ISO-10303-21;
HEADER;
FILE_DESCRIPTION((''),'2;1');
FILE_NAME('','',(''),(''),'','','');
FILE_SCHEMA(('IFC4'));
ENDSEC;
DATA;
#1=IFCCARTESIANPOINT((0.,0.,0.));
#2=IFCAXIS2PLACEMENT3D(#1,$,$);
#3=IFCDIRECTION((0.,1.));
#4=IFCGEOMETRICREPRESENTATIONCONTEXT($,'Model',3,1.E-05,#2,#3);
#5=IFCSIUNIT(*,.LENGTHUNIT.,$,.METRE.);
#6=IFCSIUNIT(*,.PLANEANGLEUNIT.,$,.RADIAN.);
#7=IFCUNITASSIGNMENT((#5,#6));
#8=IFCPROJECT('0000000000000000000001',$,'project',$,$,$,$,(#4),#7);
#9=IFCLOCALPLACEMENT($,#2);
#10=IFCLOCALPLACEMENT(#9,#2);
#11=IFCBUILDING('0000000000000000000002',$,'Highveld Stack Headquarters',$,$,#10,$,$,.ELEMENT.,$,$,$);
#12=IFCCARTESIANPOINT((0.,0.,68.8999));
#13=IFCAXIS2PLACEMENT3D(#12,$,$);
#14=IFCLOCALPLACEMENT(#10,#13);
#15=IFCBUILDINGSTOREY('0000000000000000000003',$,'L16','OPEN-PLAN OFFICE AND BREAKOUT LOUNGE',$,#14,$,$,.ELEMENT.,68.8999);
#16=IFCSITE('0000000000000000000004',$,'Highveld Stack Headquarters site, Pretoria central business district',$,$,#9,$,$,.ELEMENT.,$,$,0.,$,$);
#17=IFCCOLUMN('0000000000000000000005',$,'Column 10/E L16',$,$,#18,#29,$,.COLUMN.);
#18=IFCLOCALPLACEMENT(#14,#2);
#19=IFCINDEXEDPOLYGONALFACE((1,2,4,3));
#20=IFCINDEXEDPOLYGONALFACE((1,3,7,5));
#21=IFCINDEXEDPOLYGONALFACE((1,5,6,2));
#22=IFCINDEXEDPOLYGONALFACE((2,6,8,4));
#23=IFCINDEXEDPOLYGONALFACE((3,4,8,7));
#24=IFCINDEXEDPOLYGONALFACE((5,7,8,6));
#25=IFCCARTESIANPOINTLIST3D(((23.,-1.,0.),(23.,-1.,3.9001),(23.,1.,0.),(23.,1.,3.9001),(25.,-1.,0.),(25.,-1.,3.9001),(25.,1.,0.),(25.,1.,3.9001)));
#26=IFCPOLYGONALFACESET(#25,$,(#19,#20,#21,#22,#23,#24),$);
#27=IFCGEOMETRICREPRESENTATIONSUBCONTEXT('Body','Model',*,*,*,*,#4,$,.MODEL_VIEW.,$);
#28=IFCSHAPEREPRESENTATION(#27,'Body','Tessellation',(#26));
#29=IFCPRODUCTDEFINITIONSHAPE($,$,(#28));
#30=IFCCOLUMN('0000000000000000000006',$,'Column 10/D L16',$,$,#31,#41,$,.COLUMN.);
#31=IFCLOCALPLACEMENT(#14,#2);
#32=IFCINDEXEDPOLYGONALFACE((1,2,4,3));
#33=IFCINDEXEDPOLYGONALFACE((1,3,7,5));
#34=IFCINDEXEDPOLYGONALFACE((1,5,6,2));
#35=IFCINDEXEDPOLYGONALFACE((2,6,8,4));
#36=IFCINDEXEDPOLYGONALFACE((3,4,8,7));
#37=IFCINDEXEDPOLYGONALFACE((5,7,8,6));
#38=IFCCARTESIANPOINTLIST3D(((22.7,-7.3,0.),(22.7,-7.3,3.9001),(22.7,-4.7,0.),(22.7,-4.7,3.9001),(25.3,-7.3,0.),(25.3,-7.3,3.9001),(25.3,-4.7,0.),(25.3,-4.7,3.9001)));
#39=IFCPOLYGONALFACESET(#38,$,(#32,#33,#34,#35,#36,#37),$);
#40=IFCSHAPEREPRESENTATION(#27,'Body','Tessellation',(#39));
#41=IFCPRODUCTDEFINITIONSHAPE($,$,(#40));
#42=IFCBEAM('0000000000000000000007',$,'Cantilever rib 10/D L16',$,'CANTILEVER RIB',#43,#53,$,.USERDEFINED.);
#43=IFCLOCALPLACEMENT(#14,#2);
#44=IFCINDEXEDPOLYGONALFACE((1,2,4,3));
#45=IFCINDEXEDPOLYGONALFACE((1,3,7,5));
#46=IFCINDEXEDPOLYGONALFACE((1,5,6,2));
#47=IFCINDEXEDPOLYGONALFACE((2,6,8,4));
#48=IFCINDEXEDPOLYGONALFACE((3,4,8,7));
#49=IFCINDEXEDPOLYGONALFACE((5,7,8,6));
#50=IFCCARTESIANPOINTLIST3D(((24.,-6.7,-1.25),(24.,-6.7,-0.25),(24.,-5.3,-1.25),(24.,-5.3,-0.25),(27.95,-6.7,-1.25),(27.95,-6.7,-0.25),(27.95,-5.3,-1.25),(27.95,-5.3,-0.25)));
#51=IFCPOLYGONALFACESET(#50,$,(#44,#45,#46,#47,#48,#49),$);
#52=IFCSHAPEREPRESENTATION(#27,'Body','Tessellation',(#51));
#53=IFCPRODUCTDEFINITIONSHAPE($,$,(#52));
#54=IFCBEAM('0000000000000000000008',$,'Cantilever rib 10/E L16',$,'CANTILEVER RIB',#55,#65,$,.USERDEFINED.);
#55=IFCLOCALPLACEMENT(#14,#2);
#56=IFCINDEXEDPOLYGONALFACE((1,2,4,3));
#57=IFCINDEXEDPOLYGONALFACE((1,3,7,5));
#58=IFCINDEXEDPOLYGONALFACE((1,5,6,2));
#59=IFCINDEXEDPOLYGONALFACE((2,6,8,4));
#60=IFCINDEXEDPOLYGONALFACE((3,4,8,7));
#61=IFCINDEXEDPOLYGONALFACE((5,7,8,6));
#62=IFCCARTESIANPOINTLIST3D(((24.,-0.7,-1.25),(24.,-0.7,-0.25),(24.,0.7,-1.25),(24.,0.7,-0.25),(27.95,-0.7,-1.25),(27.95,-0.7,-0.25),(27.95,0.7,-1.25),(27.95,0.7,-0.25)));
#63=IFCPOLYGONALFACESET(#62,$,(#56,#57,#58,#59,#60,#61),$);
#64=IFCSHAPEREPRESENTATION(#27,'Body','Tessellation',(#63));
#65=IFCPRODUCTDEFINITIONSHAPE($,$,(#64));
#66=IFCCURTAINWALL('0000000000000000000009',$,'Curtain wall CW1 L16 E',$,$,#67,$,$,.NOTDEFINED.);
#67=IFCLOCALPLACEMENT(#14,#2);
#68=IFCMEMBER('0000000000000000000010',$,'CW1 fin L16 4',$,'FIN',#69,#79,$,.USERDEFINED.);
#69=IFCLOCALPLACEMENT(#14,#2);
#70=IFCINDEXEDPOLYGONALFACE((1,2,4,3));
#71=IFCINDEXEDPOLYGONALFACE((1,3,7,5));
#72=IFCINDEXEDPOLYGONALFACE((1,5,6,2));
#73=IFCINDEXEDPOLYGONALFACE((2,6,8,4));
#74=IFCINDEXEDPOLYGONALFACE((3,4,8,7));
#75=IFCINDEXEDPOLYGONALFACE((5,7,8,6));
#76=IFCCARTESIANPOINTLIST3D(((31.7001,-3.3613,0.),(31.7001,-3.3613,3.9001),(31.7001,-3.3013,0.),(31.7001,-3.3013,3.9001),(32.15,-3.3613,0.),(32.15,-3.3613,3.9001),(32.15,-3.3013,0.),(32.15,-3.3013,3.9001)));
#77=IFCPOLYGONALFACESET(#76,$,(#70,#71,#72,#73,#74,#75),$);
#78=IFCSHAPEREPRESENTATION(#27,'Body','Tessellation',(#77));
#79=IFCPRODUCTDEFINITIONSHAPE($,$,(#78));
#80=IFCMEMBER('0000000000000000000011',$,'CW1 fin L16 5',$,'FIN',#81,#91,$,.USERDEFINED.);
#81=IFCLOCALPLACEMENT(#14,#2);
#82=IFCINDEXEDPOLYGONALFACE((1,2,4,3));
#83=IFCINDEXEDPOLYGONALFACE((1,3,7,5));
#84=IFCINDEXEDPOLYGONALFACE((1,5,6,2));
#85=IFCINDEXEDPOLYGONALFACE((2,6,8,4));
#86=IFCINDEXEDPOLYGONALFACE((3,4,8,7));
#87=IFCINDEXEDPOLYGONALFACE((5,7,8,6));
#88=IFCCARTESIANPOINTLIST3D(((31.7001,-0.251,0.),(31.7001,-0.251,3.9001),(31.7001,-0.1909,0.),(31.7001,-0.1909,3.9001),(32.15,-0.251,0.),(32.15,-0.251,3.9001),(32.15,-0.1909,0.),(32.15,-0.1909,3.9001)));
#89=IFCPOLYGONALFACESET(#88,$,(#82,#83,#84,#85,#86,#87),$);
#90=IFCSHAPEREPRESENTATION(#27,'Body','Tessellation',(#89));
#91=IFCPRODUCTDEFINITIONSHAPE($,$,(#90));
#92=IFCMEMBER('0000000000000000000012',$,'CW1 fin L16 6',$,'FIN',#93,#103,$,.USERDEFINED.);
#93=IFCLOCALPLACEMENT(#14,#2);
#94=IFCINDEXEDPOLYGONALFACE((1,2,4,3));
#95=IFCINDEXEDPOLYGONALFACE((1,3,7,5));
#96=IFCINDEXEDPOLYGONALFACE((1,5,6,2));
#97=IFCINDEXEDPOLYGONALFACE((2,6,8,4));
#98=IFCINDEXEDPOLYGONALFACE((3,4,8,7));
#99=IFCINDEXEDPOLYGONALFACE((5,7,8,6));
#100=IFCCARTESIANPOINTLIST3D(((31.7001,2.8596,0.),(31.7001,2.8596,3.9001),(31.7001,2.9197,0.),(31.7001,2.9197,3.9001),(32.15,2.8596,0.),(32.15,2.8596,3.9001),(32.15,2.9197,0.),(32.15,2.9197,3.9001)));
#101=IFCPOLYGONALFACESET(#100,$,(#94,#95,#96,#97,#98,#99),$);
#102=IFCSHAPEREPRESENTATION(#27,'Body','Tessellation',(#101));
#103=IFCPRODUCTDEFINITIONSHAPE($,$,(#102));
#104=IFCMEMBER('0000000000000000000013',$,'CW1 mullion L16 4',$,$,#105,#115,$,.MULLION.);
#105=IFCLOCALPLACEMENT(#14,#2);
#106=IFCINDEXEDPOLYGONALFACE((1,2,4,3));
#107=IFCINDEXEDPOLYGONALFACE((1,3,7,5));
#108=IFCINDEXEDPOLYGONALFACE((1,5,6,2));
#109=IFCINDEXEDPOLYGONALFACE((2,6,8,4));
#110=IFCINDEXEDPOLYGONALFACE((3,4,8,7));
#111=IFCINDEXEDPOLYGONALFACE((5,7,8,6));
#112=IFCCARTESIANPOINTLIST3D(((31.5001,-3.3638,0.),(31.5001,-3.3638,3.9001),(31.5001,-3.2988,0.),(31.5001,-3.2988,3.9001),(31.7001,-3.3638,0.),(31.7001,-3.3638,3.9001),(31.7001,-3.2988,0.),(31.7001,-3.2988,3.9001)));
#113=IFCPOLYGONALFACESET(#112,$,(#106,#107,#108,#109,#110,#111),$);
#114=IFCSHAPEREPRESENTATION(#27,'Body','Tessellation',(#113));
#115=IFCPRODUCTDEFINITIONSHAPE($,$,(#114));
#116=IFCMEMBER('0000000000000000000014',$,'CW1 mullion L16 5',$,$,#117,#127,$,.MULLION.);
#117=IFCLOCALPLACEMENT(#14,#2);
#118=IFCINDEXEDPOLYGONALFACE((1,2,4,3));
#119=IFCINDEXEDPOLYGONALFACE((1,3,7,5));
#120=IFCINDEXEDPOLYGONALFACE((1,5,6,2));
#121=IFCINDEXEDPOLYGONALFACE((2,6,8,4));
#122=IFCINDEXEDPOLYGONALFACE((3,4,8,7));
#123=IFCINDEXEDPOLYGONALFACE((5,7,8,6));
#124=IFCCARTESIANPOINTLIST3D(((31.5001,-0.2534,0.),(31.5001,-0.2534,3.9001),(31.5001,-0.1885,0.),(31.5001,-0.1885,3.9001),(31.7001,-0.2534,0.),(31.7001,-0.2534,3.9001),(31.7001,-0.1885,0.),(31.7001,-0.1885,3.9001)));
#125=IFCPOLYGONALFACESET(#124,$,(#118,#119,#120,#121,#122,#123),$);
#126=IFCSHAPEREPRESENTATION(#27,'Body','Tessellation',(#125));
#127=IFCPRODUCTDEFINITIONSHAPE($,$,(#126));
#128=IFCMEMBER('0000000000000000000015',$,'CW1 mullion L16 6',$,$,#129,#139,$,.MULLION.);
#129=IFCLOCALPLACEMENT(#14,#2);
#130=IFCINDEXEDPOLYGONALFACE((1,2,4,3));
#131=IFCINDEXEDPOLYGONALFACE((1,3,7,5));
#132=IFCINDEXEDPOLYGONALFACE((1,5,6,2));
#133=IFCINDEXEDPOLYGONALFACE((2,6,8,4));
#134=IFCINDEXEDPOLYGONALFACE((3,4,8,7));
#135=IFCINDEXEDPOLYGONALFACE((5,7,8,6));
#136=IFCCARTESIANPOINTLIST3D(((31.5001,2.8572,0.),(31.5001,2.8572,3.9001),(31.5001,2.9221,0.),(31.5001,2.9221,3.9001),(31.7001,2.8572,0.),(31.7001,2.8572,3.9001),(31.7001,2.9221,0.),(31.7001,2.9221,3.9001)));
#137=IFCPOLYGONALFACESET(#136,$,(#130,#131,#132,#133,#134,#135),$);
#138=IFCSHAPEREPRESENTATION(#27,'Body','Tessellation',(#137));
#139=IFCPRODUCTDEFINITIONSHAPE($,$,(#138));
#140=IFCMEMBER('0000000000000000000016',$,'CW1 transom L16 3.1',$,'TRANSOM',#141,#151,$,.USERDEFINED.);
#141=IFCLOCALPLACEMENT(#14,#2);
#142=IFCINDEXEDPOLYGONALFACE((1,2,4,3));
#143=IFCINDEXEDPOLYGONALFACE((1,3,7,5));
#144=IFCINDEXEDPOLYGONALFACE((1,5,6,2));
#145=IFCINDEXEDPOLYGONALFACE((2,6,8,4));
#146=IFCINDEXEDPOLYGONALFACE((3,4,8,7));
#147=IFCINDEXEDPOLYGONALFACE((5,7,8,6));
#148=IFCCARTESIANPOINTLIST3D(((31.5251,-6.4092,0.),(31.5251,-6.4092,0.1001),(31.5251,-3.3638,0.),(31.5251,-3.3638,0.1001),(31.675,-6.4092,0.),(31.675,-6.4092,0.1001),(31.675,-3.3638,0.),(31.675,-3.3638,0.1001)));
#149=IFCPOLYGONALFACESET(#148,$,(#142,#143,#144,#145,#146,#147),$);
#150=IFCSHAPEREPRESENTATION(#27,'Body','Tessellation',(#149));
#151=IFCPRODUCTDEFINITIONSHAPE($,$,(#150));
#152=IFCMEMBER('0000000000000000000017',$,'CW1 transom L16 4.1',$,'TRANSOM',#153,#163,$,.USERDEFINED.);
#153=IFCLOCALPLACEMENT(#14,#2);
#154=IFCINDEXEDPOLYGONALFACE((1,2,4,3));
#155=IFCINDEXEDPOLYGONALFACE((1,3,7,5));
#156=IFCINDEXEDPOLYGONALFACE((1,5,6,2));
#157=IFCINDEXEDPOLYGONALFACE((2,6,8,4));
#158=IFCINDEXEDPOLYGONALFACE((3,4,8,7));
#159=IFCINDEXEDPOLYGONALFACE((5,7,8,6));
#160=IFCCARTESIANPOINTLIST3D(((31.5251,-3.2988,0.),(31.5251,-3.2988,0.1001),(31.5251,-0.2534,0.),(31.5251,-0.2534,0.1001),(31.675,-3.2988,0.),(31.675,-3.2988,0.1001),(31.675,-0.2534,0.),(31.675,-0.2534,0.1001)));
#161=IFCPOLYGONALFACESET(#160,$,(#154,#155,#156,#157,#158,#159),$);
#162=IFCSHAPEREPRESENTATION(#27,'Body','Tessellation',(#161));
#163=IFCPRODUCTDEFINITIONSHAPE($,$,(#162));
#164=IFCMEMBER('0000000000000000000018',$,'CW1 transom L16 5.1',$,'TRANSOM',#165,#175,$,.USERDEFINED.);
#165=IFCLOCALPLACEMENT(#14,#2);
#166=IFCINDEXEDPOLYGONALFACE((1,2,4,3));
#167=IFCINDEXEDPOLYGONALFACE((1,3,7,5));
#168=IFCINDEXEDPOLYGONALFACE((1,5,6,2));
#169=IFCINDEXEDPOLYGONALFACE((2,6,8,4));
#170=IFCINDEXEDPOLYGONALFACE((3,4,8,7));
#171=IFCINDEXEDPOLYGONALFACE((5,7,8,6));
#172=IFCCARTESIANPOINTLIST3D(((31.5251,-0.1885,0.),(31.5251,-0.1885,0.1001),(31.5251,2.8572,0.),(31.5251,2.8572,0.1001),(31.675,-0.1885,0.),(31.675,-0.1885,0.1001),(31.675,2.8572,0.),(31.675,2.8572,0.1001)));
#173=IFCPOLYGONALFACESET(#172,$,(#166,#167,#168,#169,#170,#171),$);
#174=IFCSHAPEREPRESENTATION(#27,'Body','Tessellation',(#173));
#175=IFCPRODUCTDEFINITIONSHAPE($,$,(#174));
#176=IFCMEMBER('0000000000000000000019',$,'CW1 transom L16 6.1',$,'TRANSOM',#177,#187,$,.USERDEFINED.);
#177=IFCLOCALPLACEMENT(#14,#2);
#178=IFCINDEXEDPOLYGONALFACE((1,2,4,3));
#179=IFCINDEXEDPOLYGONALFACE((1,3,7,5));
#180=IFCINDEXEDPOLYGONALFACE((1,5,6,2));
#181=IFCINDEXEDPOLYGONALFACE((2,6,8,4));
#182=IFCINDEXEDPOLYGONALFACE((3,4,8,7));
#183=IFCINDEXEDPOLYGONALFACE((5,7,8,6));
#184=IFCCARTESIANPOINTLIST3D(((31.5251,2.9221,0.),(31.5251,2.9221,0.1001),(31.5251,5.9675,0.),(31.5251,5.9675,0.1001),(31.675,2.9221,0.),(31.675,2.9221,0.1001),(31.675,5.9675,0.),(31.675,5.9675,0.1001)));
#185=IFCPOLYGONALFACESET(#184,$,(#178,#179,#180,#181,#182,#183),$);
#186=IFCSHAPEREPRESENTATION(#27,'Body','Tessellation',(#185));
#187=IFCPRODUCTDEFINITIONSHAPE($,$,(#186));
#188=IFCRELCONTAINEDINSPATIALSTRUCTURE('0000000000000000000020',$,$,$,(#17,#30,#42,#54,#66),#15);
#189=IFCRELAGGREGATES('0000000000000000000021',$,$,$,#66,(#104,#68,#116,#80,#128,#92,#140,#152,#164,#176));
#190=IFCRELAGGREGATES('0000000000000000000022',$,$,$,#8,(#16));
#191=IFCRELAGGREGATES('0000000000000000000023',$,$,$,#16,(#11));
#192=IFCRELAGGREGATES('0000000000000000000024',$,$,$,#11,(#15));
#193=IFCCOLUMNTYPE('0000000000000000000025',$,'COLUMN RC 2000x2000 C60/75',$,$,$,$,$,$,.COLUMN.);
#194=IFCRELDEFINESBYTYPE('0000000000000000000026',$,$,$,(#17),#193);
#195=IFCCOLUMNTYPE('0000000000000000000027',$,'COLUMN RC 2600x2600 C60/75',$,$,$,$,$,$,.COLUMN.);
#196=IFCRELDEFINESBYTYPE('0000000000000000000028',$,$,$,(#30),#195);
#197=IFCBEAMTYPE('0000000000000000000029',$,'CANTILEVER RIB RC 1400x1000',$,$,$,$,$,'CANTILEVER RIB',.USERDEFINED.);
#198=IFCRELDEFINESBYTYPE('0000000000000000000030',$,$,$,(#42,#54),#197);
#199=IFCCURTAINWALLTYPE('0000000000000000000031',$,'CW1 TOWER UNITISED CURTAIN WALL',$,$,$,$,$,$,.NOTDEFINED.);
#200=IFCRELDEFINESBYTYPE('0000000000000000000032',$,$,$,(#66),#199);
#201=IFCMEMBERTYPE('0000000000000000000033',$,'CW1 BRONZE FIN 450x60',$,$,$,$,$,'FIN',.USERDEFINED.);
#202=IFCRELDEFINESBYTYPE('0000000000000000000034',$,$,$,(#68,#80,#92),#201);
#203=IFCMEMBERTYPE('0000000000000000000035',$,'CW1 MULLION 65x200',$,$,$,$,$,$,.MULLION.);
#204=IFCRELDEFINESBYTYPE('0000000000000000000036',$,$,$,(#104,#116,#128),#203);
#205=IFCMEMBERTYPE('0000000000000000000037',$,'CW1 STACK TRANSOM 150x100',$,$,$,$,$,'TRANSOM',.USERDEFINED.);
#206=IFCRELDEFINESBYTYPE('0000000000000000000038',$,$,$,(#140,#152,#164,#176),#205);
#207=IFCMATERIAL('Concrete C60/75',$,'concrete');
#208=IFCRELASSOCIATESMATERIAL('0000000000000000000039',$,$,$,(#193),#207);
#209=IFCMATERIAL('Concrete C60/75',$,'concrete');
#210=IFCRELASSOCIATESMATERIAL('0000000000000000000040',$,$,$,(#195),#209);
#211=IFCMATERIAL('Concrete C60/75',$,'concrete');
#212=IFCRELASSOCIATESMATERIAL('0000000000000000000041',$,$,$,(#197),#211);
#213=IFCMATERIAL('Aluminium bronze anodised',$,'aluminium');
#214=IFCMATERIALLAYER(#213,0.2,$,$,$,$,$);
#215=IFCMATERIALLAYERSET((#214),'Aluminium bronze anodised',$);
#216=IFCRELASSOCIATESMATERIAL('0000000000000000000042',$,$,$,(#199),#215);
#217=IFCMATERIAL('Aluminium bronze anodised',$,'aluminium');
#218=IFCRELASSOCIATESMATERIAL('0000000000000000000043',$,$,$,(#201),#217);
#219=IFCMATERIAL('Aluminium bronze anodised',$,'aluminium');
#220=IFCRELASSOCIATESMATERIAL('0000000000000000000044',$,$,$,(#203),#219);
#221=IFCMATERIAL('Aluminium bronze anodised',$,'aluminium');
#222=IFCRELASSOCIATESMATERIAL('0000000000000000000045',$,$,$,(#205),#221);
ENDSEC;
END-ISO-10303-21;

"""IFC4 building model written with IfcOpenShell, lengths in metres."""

from ifc_helpers import new_model, si_unit, direction, frame, origin, origin_2d, place, context, subcontext, project, spatial, rectangle, extrude, material, layer, layer_set, material_profile, profile_set, type_object, element, aggregate, save


model = new_model("IFC4")

# Units and contexts
model_context = context("Model", 3, precision=1e-05, world=origin(), true_north=direction((0.0, 1.0)))
body_context = subcontext(model_context, "Body", "Model", "MODEL_VIEW")
ifc_project = project(units=[si_unit("LENGTHUNIT", "METRE"), si_unit("PLANEANGLEUNIT", "RADIAN")], contexts=[model_context])

# Site, building, storey
site_placement = place(None, origin())
site = spatial("IfcSite", under=ifc_project, at=site_placement, Name="Highveld Stack Headquarters site, Pretoria central business district", CompositionType="ELEMENT", RefElevation=0.0)
building_placement = place(site_placement, origin())
building = spatial("IfcBuilding", under=site, at=building_placement, Name="Highveld Stack Headquarters", CompositionType="ELEMENT")
storey_placement = place(building_placement, frame((0.0, 0.0, 68.8999)))
storey = spatial("IfcBuildingStorey", under=building, at=storey_placement, Name="L16", Description="OPEN-PLAN OFFICE AND BREAKOUT LOUNGE", CompositionType="ELEMENT", Elevation=68.8999)

# Columns
ifc_material_1 = material(Name="Concrete C60/75", Category="concrete")
ifc_material_profile_1 = material_profile(ifc_material_1, rectangle(XDim=2.0, YDim=2.0, at=origin_2d()), Name="RC 2000x2000")
ifc_profile_set_1 = profile_set([ifc_material_profile_1], Name="Concrete C60/75")
column_type_1 = type_object("IfcColumnType", Name="COLUMN RC 2000x2000 C60/75", PredefinedType="COLUMN", material=ifc_profile_set_1)
column_1_placement = place(storey_placement, frame((24.0, 0.0, 0.0), z_axis=(0.0, 0.0, 1.0), x_axis=(1.0, 0.0, 0.0)))
element("IfcColumn", 1, at=column_1_placement, inside=storey, type_object=column_type_1, Name="Column 10/E L16", PredefinedType="COLUMN", context=body_context, shape_type="SweptSolid", body=[
    extrude(rectangle(XDim=2.0, YDim=2.0, at=origin_2d()), origin(), (0.0, 0.0, 1.0), 3.9001),
])
ifc_material_2 = material(Name="Concrete C60/75", Category="concrete")
ifc_material_profile_2 = material_profile(ifc_material_2, rectangle(XDim=2.6001, YDim=2.6001, at=origin_2d()), Name="RC 2600x2600")
ifc_profile_set_2 = profile_set([ifc_material_profile_2], Name="Concrete C60/75")
column_type_2 = type_object("IfcColumnType", Name="COLUMN RC 2600x2600 C60/75", PredefinedType="COLUMN", material=ifc_profile_set_2)
column_2_placement = place(storey_placement, frame((24.0, -6.0, 0.0), z_axis=(0.0, 0.0, 1.0), x_axis=(1.0, 0.0, 0.0)))
element("IfcColumn", 2, at=column_2_placement, inside=storey, type_object=column_type_2, Name="Column 10/D L16", PredefinedType="COLUMN", context=body_context, shape_type="SweptSolid", body=[
    extrude(rectangle(XDim=2.6001, YDim=2.6001, at=origin_2d()), origin(), (0.0, 0.0, 1.0), 3.9001),
])

# Beams
ifc_material_3 = material(Name="Concrete C60/75", Category="concrete")
ifc_material_profile_3 = material_profile(ifc_material_3, rectangle(XDim=1.3999, YDim=1.0, at=origin_2d()), Name="RC 1400x1000")
ifc_profile_set_3 = profile_set([ifc_material_profile_3], Name="Concrete C60/75")
beam_type_1 = type_object("IfcBeamType", Name="CANTILEVER RIB RC 1400x1000", ElementType="CANTILEVER RIB", PredefinedType="USERDEFINED", material=ifc_profile_set_3)
for number, where, z_axis, x_axis, name in (
    (3, (24.0, -6.0, -0.75), (1.0, 0.0, 0.0), (0.0, 1.0, 0.0), "Cantilever rib 10/D L16"),
    (4, (24.0, 0.0, -0.75), (1.0, 0.0, 0.0), (0.0, 1.0, 0.0), "Cantilever rib 10/E L16"),
):
    element("IfcBeam", number, at=place(storey_placement, frame(where, z_axis=z_axis, x_axis=x_axis)), inside=storey, type_object=beam_type_1, Name=name, ObjectType="CANTILEVER RIB", PredefinedType="USERDEFINED", context=body_context, shape_type="SweptSolid", body=[
        extrude(rectangle(XDim=1.3999, YDim=1.0, at=origin_2d()), origin(), (0.0, 0.0, 1.0), 3.95),
    ])

# Curtain wall, members
ifc_material_4 = material(Name="Aluminium bronze anodised", Category="aluminium")
ifc_layer_1 = layer(ifc_material_4, 0.2)
ifc_layer_set_1 = layer_set([ifc_layer_1], Name="Aluminium bronze anodised")
curtain_wall_type = type_object("IfcCurtainWallType", Name="CW1 TOWER UNITISED CURTAIN WALL", PredefinedType="NOTDEFINED", material=ifc_layer_set_1)
curtain_wall_placement = place(storey_placement, origin())
curtain_wall = element("IfcCurtainWall", 5, at=curtain_wall_placement, inside=storey, type_object=curtain_wall_type, Name="Curtain wall CW1 L16 E", PredefinedType="NOTDEFINED")
ifc_material_5 = material(Name="Aluminium bronze anodised", Category="aluminium")
ifc_material_profile_4 = material_profile(ifc_material_5, rectangle(XDim=0.45, YDim=0.0601, at=origin_2d()), Name="FIN 450x60")
ifc_profile_set_4 = profile_set([ifc_material_profile_4], Name="Aluminium bronze anodised")
member_type_1 = type_object("IfcMemberType", Name="CW1 BRONZE FIN 450x60", ElementType="FIN", PredefinedType="USERDEFINED", material=ifc_profile_set_4)
member_1_placement = place(storey_placement, frame((31.925, -3.3313, 0.0), z_axis=(0.0, 0.0, 1.0), x_axis=(-1.0, 0.0, 0.0)))
member_1 = element("IfcMember", 6, at=member_1_placement, type_object=member_type_1, Name="CW1 fin L16 4", ObjectType="FIN", PredefinedType="USERDEFINED", context=body_context, shape_type="SweptSolid", body=[
    extrude(rectangle(XDim=0.45, YDim=0.0601, at=origin_2d()), origin(), (0.0, 0.0, 1.0), 3.9001),
])
member_2_placement = place(storey_placement, frame((31.925, -0.2209, 0.0), z_axis=(0.0, 0.0, 1.0), x_axis=(-1.0, 0.0, 0.0)))
member_2 = element("IfcMember", 7, at=member_2_placement, type_object=member_type_1, Name="CW1 fin L16 5", ObjectType="FIN", PredefinedType="USERDEFINED", context=body_context, shape_type="SweptSolid", body=[
    extrude(rectangle(XDim=0.45, YDim=0.0601, at=origin_2d()), origin(), (0.0, 0.0, 1.0), 3.9001),
])
member_3_placement = place(storey_placement, frame((31.925, 2.8896, 0.0), z_axis=(0.0, 0.0, 1.0), x_axis=(-1.0, 0.0, 0.0)))
member_3 = element("IfcMember", 8, at=member_3_placement, type_object=member_type_1, Name="CW1 fin L16 6", ObjectType="FIN", PredefinedType="USERDEFINED", context=body_context, shape_type="SweptSolid", body=[
    extrude(rectangle(XDim=0.45, YDim=0.0601, at=origin_2d()), origin(), (0.0, 0.0, 1.0), 3.9001),
])
ifc_material_6 = material(Name="Aluminium bronze anodised", Category="aluminium")
ifc_material_profile_5 = material_profile(ifc_material_6, rectangle(XDim=0.2, YDim=0.0649, at=origin_2d()), Name="CW1 MULLION 65x200")
ifc_profile_set_5 = profile_set([ifc_material_profile_5], Name="Aluminium bronze anodised")
member_type_2 = type_object("IfcMemberType", Name="CW1 MULLION 65x200", PredefinedType="MULLION", material=ifc_profile_set_5)
member_4_placement = place(storey_placement, frame((31.6001, -3.3313, 0.0), z_axis=(0.0, 0.0, 1.0), x_axis=(-1.0, 0.0, 0.0)))
member_4 = element("IfcMember", 9, at=member_4_placement, type_object=member_type_2, Name="CW1 mullion L16 4", PredefinedType="MULLION", context=body_context, shape_type="SweptSolid", body=[
    extrude(rectangle(XDim=0.2, YDim=0.0649, at=origin_2d()), origin(), (0.0, 0.0, 1.0), 3.9001),
])
member_5_placement = place(storey_placement, frame((31.6001, -0.2209, 0.0), z_axis=(0.0, 0.0, 1.0), x_axis=(-1.0, 0.0, 0.0)))
member_5 = element("IfcMember", 10, at=member_5_placement, type_object=member_type_2, Name="CW1 mullion L16 5", PredefinedType="MULLION", context=body_context, shape_type="SweptSolid", body=[
    extrude(rectangle(XDim=0.2, YDim=0.0649, at=origin_2d()), origin(), (0.0, 0.0, 1.0), 3.9001),
])
member_6_placement = place(storey_placement, frame((31.6001, 2.8896, 0.0), z_axis=(0.0, 0.0, 1.0), x_axis=(-1.0, 0.0, 0.0)))
member_6 = element("IfcMember", 11, at=member_6_placement, type_object=member_type_2, Name="CW1 mullion L16 6", PredefinedType="MULLION", context=body_context, shape_type="SweptSolid", body=[
    extrude(rectangle(XDim=0.2, YDim=0.0649, at=origin_2d()), origin(), (0.0, 0.0, 1.0), 3.9001),
])
ifc_material_7 = material(Name="Aluminium bronze anodised", Category="aluminium")
ifc_material_profile_6 = material_profile(ifc_material_7, rectangle(XDim=0.1499, YDim=0.1001, at=origin_2d()), Name="CW1 TRANSOM 150x100")
ifc_profile_set_6 = profile_set([ifc_material_profile_6], Name="Aluminium bronze anodised")
member_type_3 = type_object("IfcMemberType", Name="CW1 STACK TRANSOM 150x100", ElementType="TRANSOM", PredefinedType="USERDEFINED", material=ifc_profile_set_6)
member_7_placement = place(storey_placement, frame((31.6001, -6.4092, 0.05), z_axis=(0.0, 1.0, 0.0), x_axis=(-1.0, 0.0, 0.0)))
member_7 = element("IfcMember", 12, at=member_7_placement, type_object=member_type_3, Name="CW1 transom L16 3.1", ObjectType="TRANSOM", PredefinedType="USERDEFINED", context=body_context, shape_type="SweptSolid", body=[
    extrude(rectangle(XDim=0.1499, YDim=0.1001, at=origin_2d()), origin(), (0.0, 0.0, 1.0), 3.0454),
])
member_8_placement = place(storey_placement, frame((31.6001, -3.2988, 0.05), z_axis=(0.0, 1.0, 0.0), x_axis=(-1.0, 0.0, 0.0)))
member_8 = element("IfcMember", 13, at=member_8_placement, type_object=member_type_3, Name="CW1 transom L16 4.1", ObjectType="TRANSOM", PredefinedType="USERDEFINED", context=body_context, shape_type="SweptSolid", body=[
    extrude(rectangle(XDim=0.1499, YDim=0.1001, at=origin_2d()), origin(), (0.0, 0.0, 1.0), 3.0454),
])
member_9_placement = place(storey_placement, frame((31.6001, -0.1885, 0.05), z_axis=(0.0, 1.0, 0.0), x_axis=(-1.0, 0.0, 0.0)))
member_9 = element("IfcMember", 14, at=member_9_placement, type_object=member_type_3, Name="CW1 transom L16 5.1", ObjectType="TRANSOM", PredefinedType="USERDEFINED", context=body_context, shape_type="SweptSolid", body=[
    extrude(rectangle(XDim=0.1499, YDim=0.1001, at=origin_2d()), origin(), (0.0, 0.0, 1.0), 3.0457),
])
member_10_placement = place(storey_placement, frame((31.6001, 2.9221, 0.05), z_axis=(0.0, 1.0, 0.0), x_axis=(-1.0, 0.0, 0.0)))
member_10 = element("IfcMember", 15, at=member_10_placement, type_object=member_type_3, Name="CW1 transom L16 6.1", ObjectType="TRANSOM", PredefinedType="USERDEFINED", context=body_context, shape_type="SweptSolid", body=[
    extrude(rectangle(XDim=0.1499, YDim=0.1001, at=origin_2d()), origin(), (0.0, 0.0, 1.0), 3.0454),
])

aggregate(curtain_wall, [member_4, member_1, member_5, member_2, member_6, member_3, member_7, member_8, member_9, member_10])

save(model, "model.ifc")
